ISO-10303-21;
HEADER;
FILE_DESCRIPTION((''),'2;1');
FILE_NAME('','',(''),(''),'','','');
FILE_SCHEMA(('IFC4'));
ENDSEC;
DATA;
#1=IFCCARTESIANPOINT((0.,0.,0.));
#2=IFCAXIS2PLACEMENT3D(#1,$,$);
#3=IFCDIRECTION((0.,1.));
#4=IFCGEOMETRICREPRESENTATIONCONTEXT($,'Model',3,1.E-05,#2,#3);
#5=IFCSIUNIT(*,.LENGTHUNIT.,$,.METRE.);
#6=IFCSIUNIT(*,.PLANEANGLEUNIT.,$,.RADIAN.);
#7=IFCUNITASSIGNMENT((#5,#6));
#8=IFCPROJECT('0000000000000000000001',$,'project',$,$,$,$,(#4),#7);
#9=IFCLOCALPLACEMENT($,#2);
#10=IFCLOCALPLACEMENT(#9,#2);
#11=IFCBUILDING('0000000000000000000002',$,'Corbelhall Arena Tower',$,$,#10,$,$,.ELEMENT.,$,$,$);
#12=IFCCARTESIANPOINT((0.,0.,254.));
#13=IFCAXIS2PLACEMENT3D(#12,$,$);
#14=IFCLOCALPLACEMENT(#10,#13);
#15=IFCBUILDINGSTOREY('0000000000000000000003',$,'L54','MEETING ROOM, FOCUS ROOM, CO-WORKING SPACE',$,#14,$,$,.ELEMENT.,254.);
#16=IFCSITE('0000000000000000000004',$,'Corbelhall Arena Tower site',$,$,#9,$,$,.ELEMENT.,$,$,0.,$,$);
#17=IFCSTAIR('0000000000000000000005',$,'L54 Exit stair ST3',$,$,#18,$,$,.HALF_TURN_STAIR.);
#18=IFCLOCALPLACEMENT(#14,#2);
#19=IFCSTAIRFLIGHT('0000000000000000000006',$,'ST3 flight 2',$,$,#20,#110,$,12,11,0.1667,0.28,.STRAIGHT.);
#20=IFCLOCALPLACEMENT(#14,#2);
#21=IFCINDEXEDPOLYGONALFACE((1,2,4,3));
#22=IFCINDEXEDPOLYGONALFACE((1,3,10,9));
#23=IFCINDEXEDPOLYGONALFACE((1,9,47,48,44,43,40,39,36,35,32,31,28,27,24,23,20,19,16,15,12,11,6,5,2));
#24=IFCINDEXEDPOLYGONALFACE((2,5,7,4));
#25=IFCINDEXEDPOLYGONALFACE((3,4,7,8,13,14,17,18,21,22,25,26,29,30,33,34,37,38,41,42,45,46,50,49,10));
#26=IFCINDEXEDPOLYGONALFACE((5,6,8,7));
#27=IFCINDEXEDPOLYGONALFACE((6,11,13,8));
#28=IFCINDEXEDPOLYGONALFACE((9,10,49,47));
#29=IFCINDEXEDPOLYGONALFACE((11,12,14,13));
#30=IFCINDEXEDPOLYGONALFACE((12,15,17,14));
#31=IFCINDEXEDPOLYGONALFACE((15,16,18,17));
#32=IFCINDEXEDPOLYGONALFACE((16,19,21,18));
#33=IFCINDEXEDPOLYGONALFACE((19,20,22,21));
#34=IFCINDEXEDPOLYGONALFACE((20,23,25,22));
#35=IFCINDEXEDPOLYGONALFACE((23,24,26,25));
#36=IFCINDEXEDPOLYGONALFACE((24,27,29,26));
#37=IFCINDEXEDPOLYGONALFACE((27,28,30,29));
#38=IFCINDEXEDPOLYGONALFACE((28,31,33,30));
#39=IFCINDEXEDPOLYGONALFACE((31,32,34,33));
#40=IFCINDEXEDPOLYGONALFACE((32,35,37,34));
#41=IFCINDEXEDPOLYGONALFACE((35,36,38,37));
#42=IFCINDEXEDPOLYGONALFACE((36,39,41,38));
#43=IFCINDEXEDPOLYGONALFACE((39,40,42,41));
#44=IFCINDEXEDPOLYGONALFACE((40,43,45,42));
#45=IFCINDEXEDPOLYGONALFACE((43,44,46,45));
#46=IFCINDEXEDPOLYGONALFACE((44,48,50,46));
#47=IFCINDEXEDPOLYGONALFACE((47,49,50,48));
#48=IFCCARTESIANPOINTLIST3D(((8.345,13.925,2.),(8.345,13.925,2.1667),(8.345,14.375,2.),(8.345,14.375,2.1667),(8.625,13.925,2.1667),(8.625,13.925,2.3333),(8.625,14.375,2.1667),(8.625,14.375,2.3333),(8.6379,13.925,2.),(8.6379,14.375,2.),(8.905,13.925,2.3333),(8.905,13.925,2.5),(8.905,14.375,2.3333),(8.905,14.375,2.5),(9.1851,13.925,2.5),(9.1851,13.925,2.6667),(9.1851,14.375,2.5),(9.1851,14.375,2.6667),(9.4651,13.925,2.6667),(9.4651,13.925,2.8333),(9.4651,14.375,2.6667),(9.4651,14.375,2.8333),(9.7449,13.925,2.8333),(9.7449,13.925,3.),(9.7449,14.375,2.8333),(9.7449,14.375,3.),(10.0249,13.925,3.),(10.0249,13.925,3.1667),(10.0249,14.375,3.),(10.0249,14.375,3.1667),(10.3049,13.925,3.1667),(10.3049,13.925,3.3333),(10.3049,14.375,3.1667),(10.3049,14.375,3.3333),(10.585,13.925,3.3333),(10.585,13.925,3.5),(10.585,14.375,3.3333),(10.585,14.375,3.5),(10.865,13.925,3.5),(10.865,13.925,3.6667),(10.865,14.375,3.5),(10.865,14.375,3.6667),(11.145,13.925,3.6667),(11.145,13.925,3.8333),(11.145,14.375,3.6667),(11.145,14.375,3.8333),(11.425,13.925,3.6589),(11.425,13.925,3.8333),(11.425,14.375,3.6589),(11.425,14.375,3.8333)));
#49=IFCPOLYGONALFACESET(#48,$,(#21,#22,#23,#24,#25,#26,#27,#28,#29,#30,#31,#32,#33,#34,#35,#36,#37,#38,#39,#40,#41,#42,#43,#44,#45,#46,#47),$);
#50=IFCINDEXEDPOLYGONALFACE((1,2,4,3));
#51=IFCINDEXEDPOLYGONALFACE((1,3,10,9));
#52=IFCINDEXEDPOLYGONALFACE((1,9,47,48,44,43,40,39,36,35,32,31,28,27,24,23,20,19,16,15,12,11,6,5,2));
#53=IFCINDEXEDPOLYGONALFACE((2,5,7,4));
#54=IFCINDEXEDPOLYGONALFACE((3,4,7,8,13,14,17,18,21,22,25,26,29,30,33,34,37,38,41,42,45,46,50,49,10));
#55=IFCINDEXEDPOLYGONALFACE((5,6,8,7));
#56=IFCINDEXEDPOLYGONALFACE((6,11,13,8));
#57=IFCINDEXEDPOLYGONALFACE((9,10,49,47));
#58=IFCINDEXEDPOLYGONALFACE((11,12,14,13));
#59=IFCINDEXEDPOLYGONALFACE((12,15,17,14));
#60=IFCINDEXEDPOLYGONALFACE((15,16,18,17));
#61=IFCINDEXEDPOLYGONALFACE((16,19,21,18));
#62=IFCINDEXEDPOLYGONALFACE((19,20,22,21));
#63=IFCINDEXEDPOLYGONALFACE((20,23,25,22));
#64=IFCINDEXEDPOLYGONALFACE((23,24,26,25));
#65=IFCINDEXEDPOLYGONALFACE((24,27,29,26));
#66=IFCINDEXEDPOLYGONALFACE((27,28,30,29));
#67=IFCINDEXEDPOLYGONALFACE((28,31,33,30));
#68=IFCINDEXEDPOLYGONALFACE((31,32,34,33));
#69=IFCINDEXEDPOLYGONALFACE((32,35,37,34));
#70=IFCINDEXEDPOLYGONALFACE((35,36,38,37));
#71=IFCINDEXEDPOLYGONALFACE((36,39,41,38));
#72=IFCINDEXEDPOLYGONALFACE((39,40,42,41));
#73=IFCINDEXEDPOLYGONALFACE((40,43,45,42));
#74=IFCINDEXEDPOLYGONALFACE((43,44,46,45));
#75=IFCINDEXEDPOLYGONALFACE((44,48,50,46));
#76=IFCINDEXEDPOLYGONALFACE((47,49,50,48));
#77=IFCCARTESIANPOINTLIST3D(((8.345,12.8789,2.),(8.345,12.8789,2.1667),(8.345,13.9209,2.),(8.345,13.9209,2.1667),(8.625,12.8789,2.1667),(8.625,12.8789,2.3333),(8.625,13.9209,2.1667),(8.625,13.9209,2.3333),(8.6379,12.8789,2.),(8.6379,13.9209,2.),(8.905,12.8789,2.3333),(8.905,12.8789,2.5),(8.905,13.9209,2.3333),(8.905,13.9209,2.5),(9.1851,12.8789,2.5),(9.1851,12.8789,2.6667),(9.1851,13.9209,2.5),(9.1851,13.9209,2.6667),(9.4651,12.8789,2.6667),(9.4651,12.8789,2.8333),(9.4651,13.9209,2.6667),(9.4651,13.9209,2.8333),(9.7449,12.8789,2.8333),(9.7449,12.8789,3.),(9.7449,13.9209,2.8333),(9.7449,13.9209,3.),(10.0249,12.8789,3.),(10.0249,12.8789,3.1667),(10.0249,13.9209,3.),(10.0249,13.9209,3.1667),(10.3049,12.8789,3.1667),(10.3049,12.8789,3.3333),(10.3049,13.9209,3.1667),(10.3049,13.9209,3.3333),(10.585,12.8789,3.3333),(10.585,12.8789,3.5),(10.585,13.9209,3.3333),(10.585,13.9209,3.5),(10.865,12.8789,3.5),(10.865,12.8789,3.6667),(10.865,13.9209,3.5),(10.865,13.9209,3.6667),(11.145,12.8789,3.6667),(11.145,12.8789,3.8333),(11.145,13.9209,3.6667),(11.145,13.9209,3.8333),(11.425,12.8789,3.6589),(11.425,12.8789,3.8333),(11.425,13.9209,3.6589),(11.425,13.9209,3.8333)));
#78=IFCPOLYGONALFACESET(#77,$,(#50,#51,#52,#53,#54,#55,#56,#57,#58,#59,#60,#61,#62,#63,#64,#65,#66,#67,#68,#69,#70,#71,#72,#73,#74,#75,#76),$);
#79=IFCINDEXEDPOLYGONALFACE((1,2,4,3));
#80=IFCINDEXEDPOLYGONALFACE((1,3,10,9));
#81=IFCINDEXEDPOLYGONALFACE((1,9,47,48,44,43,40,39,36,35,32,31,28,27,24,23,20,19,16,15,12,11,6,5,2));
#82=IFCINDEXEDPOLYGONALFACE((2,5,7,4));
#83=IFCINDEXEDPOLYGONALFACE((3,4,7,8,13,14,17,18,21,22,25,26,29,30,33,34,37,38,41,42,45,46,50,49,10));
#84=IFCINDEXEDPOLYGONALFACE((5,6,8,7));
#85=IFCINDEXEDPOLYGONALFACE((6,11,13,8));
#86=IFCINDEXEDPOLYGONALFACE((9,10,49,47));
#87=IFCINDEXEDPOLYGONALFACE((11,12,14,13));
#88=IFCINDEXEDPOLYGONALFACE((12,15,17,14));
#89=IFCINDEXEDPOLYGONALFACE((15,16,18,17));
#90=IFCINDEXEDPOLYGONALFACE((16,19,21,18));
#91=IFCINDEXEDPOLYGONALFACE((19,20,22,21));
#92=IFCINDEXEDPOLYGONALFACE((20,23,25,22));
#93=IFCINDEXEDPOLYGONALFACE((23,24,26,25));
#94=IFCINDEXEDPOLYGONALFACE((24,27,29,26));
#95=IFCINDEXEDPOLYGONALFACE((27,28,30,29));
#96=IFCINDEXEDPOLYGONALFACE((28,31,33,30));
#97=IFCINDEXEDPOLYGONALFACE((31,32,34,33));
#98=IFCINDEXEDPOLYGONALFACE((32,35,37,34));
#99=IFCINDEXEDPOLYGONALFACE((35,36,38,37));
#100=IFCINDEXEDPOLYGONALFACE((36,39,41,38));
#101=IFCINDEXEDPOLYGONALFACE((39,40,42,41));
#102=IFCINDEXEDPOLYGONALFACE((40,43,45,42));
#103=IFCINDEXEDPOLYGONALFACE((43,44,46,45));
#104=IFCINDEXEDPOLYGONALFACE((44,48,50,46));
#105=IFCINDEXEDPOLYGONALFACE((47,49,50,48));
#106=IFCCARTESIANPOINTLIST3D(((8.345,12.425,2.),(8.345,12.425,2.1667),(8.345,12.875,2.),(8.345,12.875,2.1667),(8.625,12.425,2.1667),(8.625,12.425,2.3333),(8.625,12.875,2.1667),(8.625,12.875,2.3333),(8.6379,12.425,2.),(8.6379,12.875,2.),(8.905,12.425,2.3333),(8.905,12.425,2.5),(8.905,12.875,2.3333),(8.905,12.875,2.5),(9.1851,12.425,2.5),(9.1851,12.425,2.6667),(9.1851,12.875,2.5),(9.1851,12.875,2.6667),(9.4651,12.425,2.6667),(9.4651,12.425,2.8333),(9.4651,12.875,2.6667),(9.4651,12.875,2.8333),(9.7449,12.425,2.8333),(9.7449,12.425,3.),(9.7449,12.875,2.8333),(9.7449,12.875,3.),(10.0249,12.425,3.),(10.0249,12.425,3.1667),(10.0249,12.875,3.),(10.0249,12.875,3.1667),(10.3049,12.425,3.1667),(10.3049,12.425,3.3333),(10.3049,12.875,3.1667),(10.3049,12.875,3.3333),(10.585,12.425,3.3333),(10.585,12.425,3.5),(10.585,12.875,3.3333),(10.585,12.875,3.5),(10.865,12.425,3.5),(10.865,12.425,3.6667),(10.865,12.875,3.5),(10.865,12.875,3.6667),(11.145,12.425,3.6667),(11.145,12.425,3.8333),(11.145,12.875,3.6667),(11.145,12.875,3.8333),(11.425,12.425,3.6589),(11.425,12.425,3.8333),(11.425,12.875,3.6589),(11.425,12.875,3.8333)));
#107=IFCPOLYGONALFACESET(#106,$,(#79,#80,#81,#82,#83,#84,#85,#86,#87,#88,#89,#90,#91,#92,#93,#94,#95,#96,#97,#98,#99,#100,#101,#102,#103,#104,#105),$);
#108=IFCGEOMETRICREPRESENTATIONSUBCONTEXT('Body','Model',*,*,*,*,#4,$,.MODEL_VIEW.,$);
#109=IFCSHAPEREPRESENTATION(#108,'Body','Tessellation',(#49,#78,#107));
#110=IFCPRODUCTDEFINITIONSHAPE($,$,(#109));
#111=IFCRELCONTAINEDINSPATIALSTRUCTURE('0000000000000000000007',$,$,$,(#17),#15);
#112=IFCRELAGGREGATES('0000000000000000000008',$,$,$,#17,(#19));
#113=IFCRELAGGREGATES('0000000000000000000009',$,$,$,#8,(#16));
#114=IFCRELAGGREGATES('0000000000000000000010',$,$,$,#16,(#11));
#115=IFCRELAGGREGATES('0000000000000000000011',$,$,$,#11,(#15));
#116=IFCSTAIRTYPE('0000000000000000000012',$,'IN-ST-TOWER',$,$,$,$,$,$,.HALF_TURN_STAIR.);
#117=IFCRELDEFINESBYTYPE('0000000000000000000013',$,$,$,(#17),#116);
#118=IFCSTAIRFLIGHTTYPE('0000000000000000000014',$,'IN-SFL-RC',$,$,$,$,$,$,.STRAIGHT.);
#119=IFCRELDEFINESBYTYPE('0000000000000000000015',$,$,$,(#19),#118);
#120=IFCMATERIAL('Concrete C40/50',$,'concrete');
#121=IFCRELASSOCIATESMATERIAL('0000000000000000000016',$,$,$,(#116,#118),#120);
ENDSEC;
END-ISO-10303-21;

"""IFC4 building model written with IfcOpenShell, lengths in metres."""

from ifc_helpers import new_model, si_unit, direction, frame, origin, place, context, subcontext, project, spatial, polyline, outline, extrude, material, type_object, element, aggregate, save


model = new_model("IFC4")

# Units and contexts
model_context = context("Model", 3, precision=1e-05, world=origin(), true_north=direction((0.0, 1.0)))
body_context = subcontext(model_context, "Body", "Model", "MODEL_VIEW")
ifc_project = project(units=[si_unit("LENGTHUNIT", "METRE"), si_unit("PLANEANGLEUNIT", "RADIAN")], contexts=[model_context])

# Site, building, storey
site_placement = place(None, origin())
site = spatial("IfcSite", under=ifc_project, at=site_placement, Name="Corbelhall Arena Tower site", CompositionType="ELEMENT", RefElevation=0.0)
building_placement = place(site_placement, origin())
building = spatial("IfcBuilding", under=site, at=building_placement, Name="Corbelhall Arena Tower", CompositionType="ELEMENT")
storey_placement = place(building_placement, frame((0.0, 0.0, 254.0)))
storey = spatial("IfcBuildingStorey", under=building, at=storey_placement, Name="L54", Description="MEETING ROOM, FOCUS ROOM, CO-WORKING SPACE", CompositionType="ELEMENT", Elevation=254.0)

# Shared definitions
ifc_material_1 = material(Name="Concrete C40/50", Category="concrete")

# Stair, stair flight
stair_type = type_object("IfcStairType", Name="IN-ST-TOWER", PredefinedType="HALF_TURN_STAIR", material=ifc_material_1)
stair_placement = place(storey_placement, origin())
stair = element("IfcStair", 1, at=stair_placement, inside=storey, type_object=stair_type, Name="L54 Exit stair ST3", PredefinedType="HALF_TURN_STAIR")
stair_flight_type = type_object("IfcStairFlightType", Name="IN-SFL-RC", PredefinedType="STRAIGHT", material=ifc_material_1)
stair_flight_1_placement = place(storey_placement, frame((8.345, 13.3999, 2.0), z_axis=(0.0, 0.0, 1.0), x_axis=(1.0, 0.0, 0.0)))
stair_flight_1 = element("IfcStairFlight", 2, at=stair_flight_1_placement, type_object=stair_flight_type, Name="ST3 flight 2", NumberOfRisers=12, NumberOfTreads=11, PredefinedType="STRAIGHT", RiserHeight=0.1667, TreadLength=0.28, context=body_context, shape_type="SweptSolid", body=[
    extrude(outline(polyline([(0.0, 0.0), (0.0, 0.1667), (0.28, 0.1667), (0.28, 0.3333), (0.5601, 0.3333), (0.5601, 0.5), (0.8401, 0.5), (0.8401, 0.6667), (1.1201, 0.6667), (1.1201, 0.8333), (1.3999, 0.8333), (1.3999, 1.0), (1.6799, 1.0), (1.6799, 1.1667), (1.96, 1.1667), (1.96, 1.3333), (2.24, 1.3333), (2.24, 1.5), (2.52, 1.5), (2.52, 1.6667), (2.8, 1.6667), (2.8, 1.8333), (3.0801, 1.8333), (3.0801, 2.0), (3.0801, 1.6589), (0.293, 0.0), (0.0, 0.0)])), frame((0.0, 0.9751, 0.0), z_axis=(0.0, -1.0, 0.0), x_axis=(1.0, 0.0, 0.0)), (0.0, 0.0, 1.0), 0.45),
    extrude(outline(polyline([(0.0, 0.0), (0.0, 0.1667), (0.28, 0.1667), (0.28, 0.3333), (0.5601, 0.3333), (0.5601, 0.5), (0.8401, 0.5), (0.8401, 0.6667), (1.1201, 0.6667), (1.1201, 0.8333), (1.3999, 0.8333), (1.3999, 1.0), (1.6799, 1.0), (1.6799, 1.1667), (1.96, 1.1667), (1.96, 1.3333), (2.24, 1.3333), (2.24, 1.5), (2.52, 1.5), (2.52, 1.6667), (2.8, 1.6667), (2.8, 1.8333), (3.0801, 1.8333), (3.0801, 2.0), (3.0801, 1.6589), (0.293, 0.0), (0.0, 0.0)])), frame((0.0, 0.521, 0.0), z_axis=(0.0, -1.0, 0.0), x_axis=(1.0, 0.0, 0.0)), (0.0, 0.0, 1.0), 1.042),
    extrude(outline(polyline([(0.0, 0.0), (0.0, 0.1667), (0.28, 0.1667), (0.28, 0.3333), (0.5601, 0.3333), (0.5601, 0.5), (0.8401, 0.5), (0.8401, 0.6667), (1.1201, 0.6667), (1.1201, 0.8333), (1.3999, 0.8333), (1.3999, 1.0), (1.6799, 1.0), (1.6799, 1.1667), (1.96, 1.1667), (1.96, 1.3333), (2.24, 1.3333), (2.24, 1.5), (2.52, 1.5), (2.52, 1.6667), (2.8, 1.6667), (2.8, 1.8333), (3.0801, 1.8333), (3.0801, 2.0), (3.0801, 1.6589), (0.293, 0.0), (0.0, 0.0)])), frame((0.0, -0.5249, 0.0), z_axis=(0.0, -1.0, 0.0), x_axis=(1.0, 0.0, 0.0)), (0.0, 0.0, 1.0), 0.45),
])
aggregate(stair, [stair_flight_1])

save(model, "model.ifc")
